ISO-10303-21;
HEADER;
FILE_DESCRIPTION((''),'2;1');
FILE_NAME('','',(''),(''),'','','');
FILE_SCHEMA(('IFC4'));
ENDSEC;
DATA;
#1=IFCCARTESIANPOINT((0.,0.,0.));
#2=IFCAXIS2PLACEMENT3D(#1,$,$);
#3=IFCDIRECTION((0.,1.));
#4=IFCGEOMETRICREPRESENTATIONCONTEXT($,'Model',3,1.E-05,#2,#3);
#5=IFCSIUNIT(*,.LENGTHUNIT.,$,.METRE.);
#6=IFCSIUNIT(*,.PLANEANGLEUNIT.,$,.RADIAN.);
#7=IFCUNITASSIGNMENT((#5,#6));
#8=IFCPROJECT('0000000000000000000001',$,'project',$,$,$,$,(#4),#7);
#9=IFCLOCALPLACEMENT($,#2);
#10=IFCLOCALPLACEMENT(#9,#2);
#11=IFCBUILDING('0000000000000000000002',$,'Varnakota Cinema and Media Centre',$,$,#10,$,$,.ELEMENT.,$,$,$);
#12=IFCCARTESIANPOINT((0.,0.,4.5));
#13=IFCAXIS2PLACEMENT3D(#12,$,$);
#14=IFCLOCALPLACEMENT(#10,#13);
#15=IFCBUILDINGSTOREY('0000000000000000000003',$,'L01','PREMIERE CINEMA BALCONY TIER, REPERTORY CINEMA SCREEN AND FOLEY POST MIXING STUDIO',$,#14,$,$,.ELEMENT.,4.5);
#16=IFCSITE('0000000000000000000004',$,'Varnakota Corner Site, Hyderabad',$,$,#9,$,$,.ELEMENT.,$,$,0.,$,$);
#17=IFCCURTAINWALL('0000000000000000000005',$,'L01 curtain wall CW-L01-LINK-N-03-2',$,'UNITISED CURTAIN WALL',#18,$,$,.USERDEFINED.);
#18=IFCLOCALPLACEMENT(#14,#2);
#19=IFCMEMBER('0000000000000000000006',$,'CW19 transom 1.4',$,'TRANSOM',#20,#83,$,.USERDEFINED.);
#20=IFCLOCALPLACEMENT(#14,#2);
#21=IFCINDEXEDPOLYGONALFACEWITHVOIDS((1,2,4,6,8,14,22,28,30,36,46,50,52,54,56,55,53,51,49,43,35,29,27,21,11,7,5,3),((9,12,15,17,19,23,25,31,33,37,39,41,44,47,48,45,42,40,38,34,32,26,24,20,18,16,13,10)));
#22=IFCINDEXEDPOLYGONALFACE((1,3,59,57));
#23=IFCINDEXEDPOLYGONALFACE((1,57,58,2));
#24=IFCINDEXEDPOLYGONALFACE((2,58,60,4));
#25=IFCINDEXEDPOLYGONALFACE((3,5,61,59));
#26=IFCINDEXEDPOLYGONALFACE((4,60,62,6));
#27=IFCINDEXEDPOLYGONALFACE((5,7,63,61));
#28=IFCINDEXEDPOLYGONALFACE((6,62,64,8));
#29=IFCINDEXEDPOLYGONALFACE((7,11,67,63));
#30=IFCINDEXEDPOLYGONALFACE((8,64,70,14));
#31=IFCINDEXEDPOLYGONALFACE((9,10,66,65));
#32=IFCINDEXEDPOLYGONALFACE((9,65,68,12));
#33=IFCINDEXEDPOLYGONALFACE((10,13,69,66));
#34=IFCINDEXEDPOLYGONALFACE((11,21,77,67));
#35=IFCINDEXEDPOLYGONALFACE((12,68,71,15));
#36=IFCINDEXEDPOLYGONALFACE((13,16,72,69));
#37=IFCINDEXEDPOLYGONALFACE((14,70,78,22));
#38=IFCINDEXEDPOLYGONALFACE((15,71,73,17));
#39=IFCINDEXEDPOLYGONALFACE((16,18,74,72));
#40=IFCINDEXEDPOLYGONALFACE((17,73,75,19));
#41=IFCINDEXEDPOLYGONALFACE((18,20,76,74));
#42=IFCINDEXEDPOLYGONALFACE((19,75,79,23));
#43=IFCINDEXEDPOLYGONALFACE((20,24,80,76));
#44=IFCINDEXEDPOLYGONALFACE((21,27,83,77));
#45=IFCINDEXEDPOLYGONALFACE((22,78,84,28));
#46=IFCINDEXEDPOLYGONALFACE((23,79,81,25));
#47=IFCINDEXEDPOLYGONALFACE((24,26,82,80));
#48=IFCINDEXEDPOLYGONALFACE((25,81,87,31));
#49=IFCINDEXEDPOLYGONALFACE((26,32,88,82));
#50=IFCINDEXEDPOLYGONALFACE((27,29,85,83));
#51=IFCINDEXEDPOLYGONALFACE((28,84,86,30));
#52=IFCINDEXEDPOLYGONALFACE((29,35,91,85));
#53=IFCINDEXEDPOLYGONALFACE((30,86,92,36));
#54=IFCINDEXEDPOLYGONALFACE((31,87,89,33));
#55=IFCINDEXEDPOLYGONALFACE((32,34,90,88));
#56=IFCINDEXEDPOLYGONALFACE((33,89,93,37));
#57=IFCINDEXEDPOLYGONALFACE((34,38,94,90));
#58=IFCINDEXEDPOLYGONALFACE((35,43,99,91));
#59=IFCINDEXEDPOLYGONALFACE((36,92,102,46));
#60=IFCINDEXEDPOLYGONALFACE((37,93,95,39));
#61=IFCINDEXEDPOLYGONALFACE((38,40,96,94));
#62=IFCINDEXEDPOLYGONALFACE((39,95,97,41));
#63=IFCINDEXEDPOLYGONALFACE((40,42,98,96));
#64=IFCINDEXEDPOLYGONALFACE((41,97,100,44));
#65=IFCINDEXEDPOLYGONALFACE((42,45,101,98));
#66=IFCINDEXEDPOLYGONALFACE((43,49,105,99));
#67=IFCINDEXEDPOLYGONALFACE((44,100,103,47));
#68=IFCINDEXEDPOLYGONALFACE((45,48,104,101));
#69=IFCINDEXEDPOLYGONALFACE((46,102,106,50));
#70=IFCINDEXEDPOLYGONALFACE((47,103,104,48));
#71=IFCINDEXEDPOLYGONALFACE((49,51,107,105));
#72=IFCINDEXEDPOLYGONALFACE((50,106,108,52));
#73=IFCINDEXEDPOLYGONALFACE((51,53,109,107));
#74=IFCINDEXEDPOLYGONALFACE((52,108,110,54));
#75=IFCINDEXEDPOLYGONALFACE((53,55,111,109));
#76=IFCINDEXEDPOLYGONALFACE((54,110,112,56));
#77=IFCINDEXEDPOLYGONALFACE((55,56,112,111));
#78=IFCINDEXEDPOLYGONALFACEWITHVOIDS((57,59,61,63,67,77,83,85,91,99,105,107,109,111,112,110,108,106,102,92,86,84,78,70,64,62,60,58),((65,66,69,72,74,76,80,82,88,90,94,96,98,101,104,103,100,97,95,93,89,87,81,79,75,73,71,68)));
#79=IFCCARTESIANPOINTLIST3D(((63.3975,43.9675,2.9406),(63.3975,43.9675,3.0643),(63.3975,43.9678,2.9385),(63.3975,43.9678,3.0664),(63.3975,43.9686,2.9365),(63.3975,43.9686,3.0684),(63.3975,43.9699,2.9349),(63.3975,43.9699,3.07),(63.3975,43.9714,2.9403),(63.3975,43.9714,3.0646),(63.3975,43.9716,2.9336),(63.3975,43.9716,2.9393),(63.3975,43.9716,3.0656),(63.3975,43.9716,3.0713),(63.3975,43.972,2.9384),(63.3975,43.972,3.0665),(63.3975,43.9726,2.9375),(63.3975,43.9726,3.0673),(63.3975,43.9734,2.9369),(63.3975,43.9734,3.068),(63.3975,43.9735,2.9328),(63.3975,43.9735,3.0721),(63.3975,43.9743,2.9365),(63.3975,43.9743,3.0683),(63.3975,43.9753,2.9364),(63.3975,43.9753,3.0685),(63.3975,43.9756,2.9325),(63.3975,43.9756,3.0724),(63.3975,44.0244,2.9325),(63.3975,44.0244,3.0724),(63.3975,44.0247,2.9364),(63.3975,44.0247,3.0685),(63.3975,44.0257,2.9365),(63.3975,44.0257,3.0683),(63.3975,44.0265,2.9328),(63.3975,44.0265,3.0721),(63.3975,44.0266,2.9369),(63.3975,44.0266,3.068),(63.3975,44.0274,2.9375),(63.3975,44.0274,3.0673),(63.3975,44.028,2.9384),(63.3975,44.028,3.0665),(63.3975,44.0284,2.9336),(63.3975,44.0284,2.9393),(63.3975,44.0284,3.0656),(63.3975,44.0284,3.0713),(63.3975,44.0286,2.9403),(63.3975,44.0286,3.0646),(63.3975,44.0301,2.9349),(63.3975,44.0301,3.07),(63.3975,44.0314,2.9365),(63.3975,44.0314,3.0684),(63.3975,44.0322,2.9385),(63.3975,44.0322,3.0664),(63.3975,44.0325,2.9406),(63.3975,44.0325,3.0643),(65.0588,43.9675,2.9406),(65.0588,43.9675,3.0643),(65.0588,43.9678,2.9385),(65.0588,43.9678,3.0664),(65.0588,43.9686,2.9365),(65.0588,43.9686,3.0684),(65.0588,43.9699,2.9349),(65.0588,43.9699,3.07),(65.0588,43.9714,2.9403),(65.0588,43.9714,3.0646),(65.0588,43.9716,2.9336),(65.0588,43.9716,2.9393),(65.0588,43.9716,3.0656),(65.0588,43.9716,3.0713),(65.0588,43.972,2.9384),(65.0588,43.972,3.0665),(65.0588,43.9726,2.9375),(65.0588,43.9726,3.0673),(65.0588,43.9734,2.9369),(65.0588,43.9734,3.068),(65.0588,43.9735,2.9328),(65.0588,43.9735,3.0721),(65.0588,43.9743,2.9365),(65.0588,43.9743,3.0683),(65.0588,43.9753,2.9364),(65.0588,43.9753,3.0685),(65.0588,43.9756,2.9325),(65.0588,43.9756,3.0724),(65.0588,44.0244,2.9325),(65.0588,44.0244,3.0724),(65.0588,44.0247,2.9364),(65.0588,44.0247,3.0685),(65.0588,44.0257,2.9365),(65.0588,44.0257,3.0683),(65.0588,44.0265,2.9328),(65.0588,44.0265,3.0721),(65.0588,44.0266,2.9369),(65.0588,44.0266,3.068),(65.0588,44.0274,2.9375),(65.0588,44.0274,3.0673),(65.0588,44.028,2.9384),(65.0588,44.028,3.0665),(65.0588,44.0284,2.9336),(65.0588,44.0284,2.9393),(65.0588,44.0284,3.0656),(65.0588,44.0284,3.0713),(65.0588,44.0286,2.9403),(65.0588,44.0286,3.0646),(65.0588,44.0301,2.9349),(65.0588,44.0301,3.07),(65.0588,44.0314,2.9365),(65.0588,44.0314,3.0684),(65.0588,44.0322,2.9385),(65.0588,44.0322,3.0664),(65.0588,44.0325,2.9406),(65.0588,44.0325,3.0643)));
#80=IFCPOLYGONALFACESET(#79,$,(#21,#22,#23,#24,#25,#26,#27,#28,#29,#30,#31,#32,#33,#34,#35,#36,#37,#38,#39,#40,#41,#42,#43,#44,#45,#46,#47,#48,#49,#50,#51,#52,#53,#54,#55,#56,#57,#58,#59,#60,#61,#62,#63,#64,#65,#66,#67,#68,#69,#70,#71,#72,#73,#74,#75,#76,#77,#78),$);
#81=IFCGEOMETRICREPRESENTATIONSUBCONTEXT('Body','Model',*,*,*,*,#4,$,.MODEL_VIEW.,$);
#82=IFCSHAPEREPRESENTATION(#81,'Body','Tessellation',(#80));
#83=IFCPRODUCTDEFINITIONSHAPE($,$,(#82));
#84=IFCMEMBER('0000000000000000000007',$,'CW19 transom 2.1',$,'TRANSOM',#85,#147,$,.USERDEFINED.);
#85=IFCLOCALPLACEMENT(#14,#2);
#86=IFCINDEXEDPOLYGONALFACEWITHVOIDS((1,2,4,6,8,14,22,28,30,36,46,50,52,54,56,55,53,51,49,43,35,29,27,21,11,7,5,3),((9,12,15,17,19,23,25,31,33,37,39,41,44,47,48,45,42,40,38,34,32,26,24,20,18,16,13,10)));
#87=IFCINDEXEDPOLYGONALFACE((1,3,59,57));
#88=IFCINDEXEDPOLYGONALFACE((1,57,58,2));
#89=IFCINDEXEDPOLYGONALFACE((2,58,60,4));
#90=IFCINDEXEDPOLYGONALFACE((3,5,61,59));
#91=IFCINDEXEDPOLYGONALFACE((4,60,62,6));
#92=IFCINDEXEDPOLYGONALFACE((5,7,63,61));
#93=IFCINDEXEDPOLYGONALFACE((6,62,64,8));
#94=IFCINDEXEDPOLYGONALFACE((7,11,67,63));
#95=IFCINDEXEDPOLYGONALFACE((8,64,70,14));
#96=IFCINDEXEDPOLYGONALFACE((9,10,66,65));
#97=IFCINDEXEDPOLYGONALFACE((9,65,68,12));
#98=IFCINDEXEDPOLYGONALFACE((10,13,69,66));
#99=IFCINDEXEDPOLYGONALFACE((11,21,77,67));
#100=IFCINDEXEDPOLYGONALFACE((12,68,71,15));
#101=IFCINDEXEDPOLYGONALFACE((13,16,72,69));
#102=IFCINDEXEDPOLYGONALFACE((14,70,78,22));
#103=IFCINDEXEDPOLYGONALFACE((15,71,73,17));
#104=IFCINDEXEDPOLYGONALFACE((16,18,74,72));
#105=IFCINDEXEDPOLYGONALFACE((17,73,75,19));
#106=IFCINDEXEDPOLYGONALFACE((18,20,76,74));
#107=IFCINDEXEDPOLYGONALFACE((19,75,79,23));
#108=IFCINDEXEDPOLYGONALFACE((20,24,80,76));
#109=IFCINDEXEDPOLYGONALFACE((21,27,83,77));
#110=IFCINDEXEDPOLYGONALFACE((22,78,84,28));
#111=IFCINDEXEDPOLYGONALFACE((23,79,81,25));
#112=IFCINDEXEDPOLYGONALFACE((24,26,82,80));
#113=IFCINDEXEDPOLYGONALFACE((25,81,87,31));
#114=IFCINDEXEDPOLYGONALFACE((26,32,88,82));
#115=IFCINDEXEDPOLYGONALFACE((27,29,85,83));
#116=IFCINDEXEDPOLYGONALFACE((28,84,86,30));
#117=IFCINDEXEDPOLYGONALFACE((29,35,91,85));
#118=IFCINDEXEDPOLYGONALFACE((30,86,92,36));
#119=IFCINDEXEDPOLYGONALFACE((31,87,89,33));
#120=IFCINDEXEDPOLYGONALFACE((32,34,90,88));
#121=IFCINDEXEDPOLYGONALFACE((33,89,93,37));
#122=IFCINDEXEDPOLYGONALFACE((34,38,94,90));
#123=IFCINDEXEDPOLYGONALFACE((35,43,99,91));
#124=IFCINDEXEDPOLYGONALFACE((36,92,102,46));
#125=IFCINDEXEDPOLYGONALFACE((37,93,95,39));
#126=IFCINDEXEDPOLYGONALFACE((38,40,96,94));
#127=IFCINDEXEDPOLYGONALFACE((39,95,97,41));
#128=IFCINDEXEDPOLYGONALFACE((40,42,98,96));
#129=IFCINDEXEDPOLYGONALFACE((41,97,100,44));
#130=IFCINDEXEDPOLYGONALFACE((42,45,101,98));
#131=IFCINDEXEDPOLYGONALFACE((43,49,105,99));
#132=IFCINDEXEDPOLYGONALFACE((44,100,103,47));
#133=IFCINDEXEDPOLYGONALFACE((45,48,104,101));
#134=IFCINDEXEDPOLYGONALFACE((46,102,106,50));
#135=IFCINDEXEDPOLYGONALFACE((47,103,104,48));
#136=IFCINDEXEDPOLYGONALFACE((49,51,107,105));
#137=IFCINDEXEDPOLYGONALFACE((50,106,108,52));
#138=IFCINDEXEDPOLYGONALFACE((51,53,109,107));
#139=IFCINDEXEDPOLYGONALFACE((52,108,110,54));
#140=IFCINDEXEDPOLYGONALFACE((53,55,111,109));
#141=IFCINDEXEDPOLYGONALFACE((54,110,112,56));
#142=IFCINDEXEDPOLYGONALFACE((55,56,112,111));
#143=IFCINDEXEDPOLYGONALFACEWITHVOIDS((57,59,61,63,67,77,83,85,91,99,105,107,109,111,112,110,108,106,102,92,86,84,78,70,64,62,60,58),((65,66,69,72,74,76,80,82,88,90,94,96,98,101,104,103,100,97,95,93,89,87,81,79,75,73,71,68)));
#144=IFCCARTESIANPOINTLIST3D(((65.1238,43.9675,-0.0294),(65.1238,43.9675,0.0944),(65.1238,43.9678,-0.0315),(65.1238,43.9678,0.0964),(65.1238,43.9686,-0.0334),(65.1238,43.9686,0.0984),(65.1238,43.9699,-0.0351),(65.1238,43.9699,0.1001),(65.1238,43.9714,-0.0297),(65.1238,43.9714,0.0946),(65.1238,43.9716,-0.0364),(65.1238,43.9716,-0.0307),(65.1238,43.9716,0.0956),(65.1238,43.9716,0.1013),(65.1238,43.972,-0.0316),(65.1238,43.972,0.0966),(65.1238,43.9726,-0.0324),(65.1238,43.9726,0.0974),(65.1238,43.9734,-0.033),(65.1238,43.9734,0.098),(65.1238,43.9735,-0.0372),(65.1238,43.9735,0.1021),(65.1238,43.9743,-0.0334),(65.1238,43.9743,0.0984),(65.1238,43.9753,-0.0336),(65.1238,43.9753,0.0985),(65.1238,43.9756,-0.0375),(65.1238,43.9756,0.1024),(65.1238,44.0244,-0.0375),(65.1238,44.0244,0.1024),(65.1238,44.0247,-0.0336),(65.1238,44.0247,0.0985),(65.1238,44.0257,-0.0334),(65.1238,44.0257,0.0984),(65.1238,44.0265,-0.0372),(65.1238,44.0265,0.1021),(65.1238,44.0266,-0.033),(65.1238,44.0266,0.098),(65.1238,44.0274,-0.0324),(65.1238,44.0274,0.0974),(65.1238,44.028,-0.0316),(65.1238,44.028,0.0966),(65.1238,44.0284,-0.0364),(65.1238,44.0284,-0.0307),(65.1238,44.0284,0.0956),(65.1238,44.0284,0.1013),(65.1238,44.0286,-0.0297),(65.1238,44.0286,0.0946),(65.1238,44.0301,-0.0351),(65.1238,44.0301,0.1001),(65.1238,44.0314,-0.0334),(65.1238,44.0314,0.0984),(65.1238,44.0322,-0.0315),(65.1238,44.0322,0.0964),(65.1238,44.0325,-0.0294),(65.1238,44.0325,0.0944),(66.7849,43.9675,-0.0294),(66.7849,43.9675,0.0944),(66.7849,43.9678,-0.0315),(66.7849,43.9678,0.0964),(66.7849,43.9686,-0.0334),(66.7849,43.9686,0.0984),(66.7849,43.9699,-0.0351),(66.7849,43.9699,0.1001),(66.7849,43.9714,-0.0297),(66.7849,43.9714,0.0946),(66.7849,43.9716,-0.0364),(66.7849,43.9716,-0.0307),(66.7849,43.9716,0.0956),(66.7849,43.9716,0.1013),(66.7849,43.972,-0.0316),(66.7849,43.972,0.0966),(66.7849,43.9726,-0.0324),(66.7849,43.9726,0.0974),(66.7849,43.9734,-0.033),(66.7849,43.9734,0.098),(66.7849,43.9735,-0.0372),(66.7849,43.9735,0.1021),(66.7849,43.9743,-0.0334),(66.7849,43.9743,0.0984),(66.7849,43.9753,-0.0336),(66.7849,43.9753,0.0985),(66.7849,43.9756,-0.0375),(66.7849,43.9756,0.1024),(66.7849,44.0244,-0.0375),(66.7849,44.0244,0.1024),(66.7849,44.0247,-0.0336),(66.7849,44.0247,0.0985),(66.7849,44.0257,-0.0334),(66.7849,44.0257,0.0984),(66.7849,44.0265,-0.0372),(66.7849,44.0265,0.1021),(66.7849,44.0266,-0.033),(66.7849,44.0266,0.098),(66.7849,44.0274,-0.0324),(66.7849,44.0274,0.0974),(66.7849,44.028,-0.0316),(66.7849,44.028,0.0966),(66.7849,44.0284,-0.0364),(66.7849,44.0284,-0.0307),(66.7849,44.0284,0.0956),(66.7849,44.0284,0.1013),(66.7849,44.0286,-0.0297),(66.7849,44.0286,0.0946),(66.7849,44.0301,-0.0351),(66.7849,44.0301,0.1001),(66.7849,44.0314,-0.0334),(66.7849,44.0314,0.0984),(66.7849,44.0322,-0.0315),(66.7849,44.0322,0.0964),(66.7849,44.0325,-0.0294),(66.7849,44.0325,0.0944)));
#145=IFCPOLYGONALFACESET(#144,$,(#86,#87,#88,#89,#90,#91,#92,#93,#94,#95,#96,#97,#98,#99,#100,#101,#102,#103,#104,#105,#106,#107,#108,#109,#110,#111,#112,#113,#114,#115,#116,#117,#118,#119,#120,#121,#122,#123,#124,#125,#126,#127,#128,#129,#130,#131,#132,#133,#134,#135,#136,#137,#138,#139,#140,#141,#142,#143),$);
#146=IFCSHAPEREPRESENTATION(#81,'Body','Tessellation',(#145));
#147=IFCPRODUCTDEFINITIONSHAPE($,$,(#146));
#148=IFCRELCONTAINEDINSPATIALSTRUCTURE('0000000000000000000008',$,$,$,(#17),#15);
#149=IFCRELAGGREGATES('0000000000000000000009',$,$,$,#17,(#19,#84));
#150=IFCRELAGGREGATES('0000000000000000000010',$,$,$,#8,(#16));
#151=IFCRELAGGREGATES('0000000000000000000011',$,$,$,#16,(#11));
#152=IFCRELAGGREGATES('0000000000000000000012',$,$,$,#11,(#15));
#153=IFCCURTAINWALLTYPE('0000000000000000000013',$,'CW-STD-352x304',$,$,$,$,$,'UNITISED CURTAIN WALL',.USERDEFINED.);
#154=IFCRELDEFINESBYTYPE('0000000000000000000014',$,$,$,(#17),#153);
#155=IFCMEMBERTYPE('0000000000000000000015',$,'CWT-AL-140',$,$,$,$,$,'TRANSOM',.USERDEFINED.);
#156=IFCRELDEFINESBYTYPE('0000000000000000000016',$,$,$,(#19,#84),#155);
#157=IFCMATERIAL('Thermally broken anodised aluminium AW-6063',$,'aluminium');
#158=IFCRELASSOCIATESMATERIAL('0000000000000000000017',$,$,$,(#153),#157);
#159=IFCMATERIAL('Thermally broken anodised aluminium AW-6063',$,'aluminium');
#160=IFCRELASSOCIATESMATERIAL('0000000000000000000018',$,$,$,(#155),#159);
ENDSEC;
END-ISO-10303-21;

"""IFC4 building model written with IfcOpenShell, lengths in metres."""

from ifc_helpers import new_model, si_unit, direction, frame, origin, origin_2d, place, context, subcontext, project, spatial, hollow_rectangle, extrude, material, material_profile, profile_set, type_object, element, aggregate, save


model = new_model("IFC4")

# Units and contexts
model_context = context("Model", 3, precision=1e-05, world=origin(), true_north=direction((0.0, 1.0)))
body_context = subcontext(model_context, "Body", "Model", "MODEL_VIEW")
ifc_project = project(units=[si_unit("LENGTHUNIT", "METRE"), si_unit("PLANEANGLEUNIT", "RADIAN")], contexts=[model_context])

# Site, building, storey
site_placement = place(None, origin())
site = spatial("IfcSite", under=ifc_project, at=site_placement, Name="Varnakota Corner Site, Hyderabad", CompositionType="ELEMENT", RefElevation=0.0)
building_placement = place(site_placement, origin())
building = spatial("IfcBuilding", under=site, at=building_placement, Name="Varnakota Cinema and Media Centre", CompositionType="ELEMENT")
storey_placement = place(building_placement, frame((0.0, 0.0, 4.5)))
storey = spatial("IfcBuildingStorey", under=building, at=storey_placement, Name="L01", Description="PREMIERE CINEMA BALCONY TIER, REPERTORY CINEMA SCREEN AND FOLEY POST MIXING STUDIO", CompositionType="ELEMENT", Elevation=4.5)

# Curtain wall
ifc_material_1 = material(Name="Thermally broken anodised aluminium AW-6063", Category="aluminium")
curtain_wall_type_1 = type_object("IfcCurtainWallType", Name="CW-STD-352x304", ElementType="UNITISED CURTAIN WALL", PredefinedType="USERDEFINED", material=ifc_material_1)
curtain_wall_1_placement = place(storey_placement, origin())
curtain_wall_1 = element("IfcCurtainWall", 1, at=curtain_wall_1_placement, inside=storey, type_object=curtain_wall_type_1, Name="L01 curtain wall CW-L01-LINK-N-03-2", ObjectType="UNITISED CURTAIN WALL", PredefinedType="USERDEFINED")

# Members
ifc_material_2 = material(Name="Thermally broken anodised aluminium AW-6063", Category="aluminium")
ifc_material_profile_1 = material_profile(ifc_material_2, hollow_rectangle(XDim=0.0649, YDim=0.1399, WallThickness=0.0039, InnerFilletRadius=0.0039, OuterFilletRadius=0.0081, at=origin_2d()), Name="AL-TRANSOM 140x65x4")
ifc_profile_set_1 = profile_set([ifc_material_profile_1], Name="Thermally broken anodised aluminium AW-6063")
member_type_1 = type_object("IfcMemberType", Name="CWT-AL-140", ElementType="TRANSOM", PredefinedType="USERDEFINED", material=ifc_profile_set_1)
member_1_placement = place(storey_placement, frame((63.3975, 44.0, 3.0024), z_axis=(1.0, 0.0, 0.0), x_axis=(0.0, 1.0, 0.0)))
member_1 = element("IfcMember", 2, at=member_1_placement, type_object=member_type_1, Name="CW19 transom 1.4", ObjectType="TRANSOM", PredefinedType="USERDEFINED", context=body_context, shape_type="SweptSolid", body=[
    extrude(hollow_rectangle(XDim=0.0649, YDim=0.1399, WallThickness=0.0039, InnerFilletRadius=0.0039, OuterFilletRadius=0.0081, at=origin_2d()), origin(), (0.0, 0.0, 1.0), 1.6614),
])
member_2_placement = place(storey_placement, frame((65.1238, 44.0, 0.0325), z_axis=(1.0, 0.0, 0.0), x_axis=(0.0, 1.0, 0.0)))
member_2 = element("IfcMember", 3, at=member_2_placement, type_object=member_type_1, Name="CW19 transom 2.1", ObjectType="TRANSOM", PredefinedType="USERDEFINED", context=body_context, shape_type="SweptSolid", body=[
    extrude(hollow_rectangle(XDim=0.0649, YDim=0.1399, WallThickness=0.0039, InnerFilletRadius=0.0039, OuterFilletRadius=0.0081, at=origin_2d()), origin(), (0.0, 0.0, 1.0), 1.6611),
])

aggregate(curtain_wall_1, [member_1, member_2])

save(model, "model.ifc")
